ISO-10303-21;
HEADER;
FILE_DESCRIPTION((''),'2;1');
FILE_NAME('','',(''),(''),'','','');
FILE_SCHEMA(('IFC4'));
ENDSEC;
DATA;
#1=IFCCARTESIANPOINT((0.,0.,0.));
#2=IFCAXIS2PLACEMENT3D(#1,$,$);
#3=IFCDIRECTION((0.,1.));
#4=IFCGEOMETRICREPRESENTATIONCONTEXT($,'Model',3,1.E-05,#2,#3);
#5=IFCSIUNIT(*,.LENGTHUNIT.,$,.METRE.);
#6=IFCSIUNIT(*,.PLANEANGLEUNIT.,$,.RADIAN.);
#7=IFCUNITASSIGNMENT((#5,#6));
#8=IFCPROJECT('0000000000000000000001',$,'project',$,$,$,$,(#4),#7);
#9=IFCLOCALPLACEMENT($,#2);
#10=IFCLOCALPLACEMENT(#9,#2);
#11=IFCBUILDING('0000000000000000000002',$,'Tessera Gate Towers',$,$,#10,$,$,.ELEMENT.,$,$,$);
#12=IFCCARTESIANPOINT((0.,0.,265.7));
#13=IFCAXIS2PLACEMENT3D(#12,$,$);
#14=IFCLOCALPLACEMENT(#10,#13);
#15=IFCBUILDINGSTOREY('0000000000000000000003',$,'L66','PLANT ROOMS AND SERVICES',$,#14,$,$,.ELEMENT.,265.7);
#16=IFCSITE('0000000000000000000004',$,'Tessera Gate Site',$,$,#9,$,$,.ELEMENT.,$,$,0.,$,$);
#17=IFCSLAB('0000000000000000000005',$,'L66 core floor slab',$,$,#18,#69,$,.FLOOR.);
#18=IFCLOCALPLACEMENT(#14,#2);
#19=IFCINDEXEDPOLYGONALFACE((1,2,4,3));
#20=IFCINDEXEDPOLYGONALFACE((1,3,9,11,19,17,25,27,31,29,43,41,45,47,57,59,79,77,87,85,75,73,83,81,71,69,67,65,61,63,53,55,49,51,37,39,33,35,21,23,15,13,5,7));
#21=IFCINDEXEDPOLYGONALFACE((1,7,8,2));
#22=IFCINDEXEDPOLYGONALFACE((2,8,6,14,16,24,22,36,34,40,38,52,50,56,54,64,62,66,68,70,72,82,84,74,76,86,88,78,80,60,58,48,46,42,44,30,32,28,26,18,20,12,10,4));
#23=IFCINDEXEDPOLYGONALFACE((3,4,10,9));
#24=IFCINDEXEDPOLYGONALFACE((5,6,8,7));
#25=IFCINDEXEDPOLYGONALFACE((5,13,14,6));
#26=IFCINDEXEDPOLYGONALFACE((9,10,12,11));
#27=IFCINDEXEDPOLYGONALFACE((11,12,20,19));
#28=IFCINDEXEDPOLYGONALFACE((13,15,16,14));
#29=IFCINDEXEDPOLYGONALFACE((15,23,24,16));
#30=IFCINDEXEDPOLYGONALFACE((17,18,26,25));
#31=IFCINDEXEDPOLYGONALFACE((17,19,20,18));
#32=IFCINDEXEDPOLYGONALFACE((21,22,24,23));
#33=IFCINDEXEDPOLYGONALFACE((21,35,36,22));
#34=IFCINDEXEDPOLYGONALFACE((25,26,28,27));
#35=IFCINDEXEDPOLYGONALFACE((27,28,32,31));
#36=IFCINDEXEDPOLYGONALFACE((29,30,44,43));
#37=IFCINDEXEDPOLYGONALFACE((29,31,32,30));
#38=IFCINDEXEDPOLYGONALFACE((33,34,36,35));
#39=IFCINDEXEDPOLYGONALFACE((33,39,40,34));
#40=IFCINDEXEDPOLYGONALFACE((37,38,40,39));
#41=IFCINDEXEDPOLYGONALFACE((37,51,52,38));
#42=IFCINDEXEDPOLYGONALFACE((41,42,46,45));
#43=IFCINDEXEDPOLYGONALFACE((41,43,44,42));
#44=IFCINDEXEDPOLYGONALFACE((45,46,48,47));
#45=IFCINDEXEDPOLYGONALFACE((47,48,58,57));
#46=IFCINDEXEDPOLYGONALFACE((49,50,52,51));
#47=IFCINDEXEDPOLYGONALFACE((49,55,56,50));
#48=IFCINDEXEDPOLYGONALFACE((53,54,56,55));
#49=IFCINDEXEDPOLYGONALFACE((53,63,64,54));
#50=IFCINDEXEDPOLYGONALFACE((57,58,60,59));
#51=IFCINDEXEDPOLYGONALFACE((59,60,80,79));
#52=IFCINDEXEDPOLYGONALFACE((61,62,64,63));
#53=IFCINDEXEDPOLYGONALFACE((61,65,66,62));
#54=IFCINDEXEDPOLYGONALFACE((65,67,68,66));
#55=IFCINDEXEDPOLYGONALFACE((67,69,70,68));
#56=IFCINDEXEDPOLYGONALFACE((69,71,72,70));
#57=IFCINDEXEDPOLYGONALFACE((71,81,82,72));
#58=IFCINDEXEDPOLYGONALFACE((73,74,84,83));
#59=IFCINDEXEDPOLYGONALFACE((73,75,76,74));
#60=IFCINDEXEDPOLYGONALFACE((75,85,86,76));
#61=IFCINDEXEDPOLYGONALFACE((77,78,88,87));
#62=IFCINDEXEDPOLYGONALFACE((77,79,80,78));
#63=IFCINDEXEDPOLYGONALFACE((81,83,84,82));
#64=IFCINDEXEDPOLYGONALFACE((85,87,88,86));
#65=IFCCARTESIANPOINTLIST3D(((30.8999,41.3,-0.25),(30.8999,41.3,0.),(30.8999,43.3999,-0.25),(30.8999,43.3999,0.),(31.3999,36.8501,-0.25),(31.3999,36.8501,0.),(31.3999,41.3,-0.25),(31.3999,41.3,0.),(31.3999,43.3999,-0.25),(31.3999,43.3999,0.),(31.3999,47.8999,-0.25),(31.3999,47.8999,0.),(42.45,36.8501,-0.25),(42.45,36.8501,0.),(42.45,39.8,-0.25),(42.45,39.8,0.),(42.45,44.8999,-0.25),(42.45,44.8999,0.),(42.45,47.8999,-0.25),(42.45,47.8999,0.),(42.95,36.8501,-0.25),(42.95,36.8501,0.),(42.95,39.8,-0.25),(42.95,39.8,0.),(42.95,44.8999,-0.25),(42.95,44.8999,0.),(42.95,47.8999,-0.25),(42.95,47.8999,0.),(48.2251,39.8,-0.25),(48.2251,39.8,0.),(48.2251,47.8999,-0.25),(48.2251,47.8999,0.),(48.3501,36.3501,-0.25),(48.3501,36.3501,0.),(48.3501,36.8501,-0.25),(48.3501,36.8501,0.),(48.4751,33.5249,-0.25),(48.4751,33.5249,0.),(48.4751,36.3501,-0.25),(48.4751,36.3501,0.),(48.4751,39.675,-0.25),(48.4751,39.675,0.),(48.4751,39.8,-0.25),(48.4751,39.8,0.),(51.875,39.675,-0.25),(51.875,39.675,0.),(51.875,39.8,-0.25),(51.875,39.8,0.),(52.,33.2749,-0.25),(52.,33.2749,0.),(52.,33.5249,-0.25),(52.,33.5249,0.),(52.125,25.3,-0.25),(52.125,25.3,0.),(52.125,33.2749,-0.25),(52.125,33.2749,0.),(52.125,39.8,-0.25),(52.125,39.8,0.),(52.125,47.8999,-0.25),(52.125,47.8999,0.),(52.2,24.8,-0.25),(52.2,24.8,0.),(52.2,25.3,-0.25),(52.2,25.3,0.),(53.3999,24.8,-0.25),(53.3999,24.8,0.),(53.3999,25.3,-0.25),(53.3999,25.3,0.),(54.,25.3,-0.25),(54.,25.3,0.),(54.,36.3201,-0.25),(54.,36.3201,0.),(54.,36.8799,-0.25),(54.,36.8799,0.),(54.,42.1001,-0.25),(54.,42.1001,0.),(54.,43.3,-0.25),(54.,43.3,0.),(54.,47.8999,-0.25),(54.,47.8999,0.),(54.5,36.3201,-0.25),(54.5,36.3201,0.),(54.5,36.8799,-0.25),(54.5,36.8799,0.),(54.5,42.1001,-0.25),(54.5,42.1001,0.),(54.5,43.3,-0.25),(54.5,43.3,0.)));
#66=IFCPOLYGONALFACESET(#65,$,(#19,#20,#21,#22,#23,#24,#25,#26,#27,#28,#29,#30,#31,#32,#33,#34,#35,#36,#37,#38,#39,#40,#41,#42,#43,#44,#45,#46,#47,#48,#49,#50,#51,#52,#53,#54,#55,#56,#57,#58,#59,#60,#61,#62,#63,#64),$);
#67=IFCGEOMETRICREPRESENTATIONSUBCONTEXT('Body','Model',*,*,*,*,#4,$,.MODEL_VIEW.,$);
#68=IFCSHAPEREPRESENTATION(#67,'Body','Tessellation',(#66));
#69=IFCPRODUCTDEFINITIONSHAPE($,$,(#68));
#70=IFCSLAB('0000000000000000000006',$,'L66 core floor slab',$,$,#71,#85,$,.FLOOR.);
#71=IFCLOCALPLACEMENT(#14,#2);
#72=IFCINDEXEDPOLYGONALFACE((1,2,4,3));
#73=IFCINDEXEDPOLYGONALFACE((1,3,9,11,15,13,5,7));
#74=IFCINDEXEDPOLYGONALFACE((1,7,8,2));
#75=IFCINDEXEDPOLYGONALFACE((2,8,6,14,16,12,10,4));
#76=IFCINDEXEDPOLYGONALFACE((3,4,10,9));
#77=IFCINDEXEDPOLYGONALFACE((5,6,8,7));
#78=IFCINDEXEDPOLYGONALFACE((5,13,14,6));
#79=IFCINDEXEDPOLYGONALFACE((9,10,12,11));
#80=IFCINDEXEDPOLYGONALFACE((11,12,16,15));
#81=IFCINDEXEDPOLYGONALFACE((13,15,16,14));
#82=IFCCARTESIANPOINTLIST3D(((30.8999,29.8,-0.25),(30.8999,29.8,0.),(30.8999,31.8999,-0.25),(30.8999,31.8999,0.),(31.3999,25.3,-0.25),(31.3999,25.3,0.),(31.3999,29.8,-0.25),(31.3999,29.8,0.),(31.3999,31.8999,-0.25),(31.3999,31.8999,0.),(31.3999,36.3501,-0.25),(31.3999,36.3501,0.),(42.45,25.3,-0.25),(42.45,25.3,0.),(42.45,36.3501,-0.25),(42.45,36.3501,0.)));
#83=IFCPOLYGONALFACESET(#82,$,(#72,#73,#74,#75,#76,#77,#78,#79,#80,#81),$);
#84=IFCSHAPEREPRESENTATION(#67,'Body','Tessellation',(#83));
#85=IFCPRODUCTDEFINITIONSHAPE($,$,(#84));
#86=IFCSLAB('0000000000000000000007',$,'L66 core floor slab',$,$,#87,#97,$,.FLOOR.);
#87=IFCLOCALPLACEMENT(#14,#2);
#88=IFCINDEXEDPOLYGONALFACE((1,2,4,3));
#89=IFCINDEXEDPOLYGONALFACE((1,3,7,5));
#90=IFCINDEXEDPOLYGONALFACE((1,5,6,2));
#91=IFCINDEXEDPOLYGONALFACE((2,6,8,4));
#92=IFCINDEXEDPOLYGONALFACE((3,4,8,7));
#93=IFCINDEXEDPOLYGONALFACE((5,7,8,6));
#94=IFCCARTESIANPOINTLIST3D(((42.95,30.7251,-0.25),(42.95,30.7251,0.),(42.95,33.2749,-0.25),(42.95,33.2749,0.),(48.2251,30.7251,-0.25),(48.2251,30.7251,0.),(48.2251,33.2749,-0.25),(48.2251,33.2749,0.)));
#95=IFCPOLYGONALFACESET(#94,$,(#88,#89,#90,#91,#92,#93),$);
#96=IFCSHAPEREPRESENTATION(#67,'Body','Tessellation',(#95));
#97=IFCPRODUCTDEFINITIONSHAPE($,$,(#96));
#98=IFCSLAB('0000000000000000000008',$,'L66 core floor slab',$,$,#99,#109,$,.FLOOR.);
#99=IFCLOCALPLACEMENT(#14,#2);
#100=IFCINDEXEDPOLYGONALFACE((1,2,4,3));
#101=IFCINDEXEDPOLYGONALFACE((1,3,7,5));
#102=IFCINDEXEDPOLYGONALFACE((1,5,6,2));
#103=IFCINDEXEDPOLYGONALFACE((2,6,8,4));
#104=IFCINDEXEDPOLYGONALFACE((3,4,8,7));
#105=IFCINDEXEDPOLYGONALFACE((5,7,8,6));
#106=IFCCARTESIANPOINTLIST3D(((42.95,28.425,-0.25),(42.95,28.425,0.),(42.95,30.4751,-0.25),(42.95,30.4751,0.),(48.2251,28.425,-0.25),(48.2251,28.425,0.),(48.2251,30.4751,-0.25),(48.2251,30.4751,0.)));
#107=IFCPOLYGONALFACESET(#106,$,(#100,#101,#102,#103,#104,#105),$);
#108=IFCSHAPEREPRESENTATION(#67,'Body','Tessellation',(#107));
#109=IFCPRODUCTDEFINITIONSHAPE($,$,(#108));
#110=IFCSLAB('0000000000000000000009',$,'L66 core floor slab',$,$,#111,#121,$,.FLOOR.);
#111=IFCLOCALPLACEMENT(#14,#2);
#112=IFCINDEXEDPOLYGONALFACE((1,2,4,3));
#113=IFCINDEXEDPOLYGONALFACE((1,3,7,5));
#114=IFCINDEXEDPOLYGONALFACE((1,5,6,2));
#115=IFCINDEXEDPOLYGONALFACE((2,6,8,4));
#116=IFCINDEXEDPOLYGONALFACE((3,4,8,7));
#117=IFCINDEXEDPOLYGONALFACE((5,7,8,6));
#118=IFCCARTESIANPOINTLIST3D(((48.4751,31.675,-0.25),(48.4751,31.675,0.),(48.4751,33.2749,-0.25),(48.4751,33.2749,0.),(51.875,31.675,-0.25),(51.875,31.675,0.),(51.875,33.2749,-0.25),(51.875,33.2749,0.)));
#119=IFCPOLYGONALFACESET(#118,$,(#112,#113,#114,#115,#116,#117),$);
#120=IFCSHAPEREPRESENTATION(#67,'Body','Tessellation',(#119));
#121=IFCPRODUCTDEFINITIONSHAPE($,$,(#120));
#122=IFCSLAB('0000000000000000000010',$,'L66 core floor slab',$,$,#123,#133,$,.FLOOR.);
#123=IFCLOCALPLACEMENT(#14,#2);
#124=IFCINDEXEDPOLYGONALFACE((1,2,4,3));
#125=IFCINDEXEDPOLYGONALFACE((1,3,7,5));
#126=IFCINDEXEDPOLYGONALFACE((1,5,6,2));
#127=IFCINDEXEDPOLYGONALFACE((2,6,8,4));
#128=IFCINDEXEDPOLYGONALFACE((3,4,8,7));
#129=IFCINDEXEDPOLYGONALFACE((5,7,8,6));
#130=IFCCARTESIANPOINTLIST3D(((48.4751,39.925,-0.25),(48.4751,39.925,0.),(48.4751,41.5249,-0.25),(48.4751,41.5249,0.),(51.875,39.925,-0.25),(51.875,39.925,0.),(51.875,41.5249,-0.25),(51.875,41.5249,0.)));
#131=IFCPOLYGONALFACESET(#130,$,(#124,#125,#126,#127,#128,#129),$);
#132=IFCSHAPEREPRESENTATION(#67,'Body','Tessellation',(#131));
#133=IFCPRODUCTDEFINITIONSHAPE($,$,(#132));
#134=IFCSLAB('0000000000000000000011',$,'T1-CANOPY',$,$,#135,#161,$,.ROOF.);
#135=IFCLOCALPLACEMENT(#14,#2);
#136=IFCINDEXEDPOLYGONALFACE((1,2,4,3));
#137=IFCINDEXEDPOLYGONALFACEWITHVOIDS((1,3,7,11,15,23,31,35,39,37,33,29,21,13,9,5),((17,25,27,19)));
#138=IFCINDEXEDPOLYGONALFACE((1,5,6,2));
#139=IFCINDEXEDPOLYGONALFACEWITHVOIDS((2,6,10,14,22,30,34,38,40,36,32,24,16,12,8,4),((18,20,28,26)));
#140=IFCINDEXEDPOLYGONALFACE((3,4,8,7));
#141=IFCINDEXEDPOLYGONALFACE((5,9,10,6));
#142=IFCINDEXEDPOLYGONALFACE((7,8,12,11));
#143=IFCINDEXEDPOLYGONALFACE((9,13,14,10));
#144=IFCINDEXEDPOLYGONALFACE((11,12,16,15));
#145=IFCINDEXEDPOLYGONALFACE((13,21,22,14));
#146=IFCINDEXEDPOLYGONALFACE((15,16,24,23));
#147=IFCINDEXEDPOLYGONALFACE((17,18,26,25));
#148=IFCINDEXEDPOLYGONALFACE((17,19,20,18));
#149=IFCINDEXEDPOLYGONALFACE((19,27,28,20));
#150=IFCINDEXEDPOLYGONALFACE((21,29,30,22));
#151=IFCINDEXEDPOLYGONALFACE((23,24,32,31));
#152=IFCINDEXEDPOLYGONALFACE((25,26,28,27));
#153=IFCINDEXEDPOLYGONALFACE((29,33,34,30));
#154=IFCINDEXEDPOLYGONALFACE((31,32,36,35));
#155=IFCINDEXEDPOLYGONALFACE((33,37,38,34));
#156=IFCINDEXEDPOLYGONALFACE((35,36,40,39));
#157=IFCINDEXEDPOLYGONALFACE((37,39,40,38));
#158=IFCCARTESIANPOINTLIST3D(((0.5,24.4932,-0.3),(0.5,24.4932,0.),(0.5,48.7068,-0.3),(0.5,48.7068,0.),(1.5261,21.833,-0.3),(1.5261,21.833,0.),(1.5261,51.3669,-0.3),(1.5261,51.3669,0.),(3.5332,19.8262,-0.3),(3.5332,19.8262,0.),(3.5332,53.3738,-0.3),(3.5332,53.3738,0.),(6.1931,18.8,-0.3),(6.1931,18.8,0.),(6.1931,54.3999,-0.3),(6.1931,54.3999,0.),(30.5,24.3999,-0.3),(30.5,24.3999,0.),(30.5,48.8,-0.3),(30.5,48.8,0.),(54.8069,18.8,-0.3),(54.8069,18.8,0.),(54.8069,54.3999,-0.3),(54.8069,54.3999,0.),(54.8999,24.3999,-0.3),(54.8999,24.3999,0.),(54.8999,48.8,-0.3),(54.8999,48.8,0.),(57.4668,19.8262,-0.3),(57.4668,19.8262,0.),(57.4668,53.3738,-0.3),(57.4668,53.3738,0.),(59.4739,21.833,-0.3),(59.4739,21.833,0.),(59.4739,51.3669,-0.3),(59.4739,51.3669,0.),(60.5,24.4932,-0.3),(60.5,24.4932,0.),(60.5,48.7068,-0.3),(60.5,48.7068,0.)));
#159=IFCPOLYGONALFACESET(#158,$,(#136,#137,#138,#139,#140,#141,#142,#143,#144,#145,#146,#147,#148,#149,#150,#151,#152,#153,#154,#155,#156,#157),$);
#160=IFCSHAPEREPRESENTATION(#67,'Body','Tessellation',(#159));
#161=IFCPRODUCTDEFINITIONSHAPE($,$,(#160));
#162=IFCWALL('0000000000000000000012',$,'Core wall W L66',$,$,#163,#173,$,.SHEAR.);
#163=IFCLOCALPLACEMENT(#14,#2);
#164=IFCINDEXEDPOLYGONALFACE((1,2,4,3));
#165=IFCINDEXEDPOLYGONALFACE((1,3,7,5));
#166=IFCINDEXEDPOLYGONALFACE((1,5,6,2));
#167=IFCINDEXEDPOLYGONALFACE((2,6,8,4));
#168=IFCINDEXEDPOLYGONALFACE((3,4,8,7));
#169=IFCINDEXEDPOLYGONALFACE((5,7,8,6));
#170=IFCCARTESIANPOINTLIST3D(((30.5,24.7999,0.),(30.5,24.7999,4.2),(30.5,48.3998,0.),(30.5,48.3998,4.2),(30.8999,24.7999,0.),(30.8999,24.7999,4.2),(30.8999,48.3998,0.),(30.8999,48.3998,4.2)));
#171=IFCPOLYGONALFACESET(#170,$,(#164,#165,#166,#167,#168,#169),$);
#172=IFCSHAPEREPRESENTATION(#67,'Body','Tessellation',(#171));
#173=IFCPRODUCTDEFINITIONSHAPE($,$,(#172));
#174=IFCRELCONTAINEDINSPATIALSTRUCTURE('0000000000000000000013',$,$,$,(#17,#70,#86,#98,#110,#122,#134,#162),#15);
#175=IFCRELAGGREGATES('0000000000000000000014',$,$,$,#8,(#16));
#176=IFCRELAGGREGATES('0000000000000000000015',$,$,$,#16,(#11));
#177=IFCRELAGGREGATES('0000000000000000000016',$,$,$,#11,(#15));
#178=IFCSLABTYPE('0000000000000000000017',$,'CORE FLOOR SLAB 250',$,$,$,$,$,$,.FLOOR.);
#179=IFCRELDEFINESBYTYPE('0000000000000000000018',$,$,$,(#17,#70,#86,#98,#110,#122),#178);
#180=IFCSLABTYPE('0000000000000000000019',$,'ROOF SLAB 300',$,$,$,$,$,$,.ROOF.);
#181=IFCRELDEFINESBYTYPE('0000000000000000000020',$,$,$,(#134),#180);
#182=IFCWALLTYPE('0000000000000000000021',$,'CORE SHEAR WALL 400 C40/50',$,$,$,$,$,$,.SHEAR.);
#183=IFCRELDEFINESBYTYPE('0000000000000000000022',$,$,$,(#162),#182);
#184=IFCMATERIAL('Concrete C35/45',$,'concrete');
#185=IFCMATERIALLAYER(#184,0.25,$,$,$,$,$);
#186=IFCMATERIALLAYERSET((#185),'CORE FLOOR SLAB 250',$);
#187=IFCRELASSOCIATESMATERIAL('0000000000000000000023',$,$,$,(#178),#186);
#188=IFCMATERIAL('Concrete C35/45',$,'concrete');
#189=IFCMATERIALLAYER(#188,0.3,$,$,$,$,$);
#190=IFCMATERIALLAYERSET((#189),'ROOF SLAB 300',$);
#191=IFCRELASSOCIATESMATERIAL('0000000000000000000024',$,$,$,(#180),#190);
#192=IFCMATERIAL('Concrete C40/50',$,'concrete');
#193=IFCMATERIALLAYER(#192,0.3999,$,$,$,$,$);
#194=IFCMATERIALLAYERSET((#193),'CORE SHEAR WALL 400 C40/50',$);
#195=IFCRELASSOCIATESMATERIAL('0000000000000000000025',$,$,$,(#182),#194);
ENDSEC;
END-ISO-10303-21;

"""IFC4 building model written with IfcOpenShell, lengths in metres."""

from ifc_helpers import new_model, si_unit, direction, frame, frame_2d, origin, place, context, subcontext, project, spatial, polyline, rectangle, outline, extrude, material, layer, layer_set, type_object, element, save


model = new_model("IFC4")

# Units and contexts
model_context = context("Model", 3, precision=1e-05, world=origin(), true_north=direction((0.0, 1.0)))
body_context = subcontext(model_context, "Body", "Model", "MODEL_VIEW")
ifc_project = project(units=[si_unit("LENGTHUNIT", "METRE"), si_unit("PLANEANGLEUNIT", "RADIAN")], contexts=[model_context])

# Site, building, storey
site_placement = place(None, origin())
site = spatial("IfcSite", under=ifc_project, at=site_placement, Name="Tessera Gate Site", CompositionType="ELEMENT", RefElevation=0.0)
building_placement = place(site_placement, origin())
building = spatial("IfcBuilding", under=site, at=building_placement, Name="Tessera Gate Towers", CompositionType="ELEMENT")
storey_placement = place(building_placement, frame((0.0, 0.0, 265.7)))
storey = spatial("IfcBuildingStorey", under=building, at=storey_placement, Name="L66", Description="PLANT ROOMS AND SERVICES", CompositionType="ELEMENT", Elevation=265.7)

# Slabs
ifc_material_1 = material(Name="Concrete C35/45", Category="concrete")
ifc_layer_1 = layer(ifc_material_1, 0.25)
ifc_layer_set_1 = layer_set([ifc_layer_1], Name="CORE FLOOR SLAB 250")
slab_type_1 = type_object("IfcSlabType", Name="CORE FLOOR SLAB 250", PredefinedType="FLOOR", material=ifc_layer_set_1)
slab_1_placement = place(storey_placement, frame((0.0, 0.0, -0.25)))
element("IfcSlab", 1, at=slab_1_placement, inside=storey, type_object=slab_type_1, Name="L66 core floor slab", PredefinedType="FLOOR", context=body_context, shape_type="SweptSolid", body=[
    extrude(outline(polyline([(54.0, 47.8999), (52.125, 47.8999), (52.125, 39.8), (51.875, 39.8), (51.875, 39.675), (48.4751, 39.675), (48.4751, 39.8), (48.2251, 39.8), (48.2251, 47.8999), (42.95, 47.8999), (42.95, 44.8999), (42.45, 44.8999), (42.45, 47.8999), (31.3999, 47.8999), (31.3999, 43.3999), (30.8999, 43.3999), (30.8999, 41.3), (31.3999, 41.3), (31.3999, 36.8501), (42.45, 36.8501), (42.45, 39.8), (42.95, 39.8), (42.95, 36.8501), (48.3501, 36.8501), (48.3501, 36.3501), (48.4751, 36.3501), (48.4751, 33.5249), (52.0, 33.5249), (52.0, 33.2749), (52.125, 33.2749), (52.125, 25.3), (52.2, 25.3), (52.2, 24.8), (53.3999, 24.8), (53.3999, 25.3), (54.0, 25.3), (54.0, 36.3201), (54.5, 36.3201), (54.5, 36.8799), (54.0, 36.8799), (54.0, 42.1001), (54.5, 42.1001), (54.5, 43.3), (54.0, 43.3), (54.0, 47.8999)])), origin(), (0.0, 0.0, 1.0), 0.25),
])
slab_2_placement = place(storey_placement, frame((0.0, 0.0, -0.25)))
element("IfcSlab", 2, at=slab_2_placement, inside=storey, type_object=slab_type_1, Name="L66 core floor slab", PredefinedType="FLOOR", context=body_context, shape_type="SweptSolid", body=[
    extrude(outline(polyline([(31.3999, 29.8), (31.3999, 25.3), (42.45, 25.3), (42.45, 36.3501), (31.3999, 36.3501), (31.3999, 31.8999), (30.8999, 31.8999), (30.8999, 29.8), (31.3999, 29.8)])), origin(), (0.0, 0.0, 1.0), 0.25),
])
slab_3_placement = place(storey_placement, frame((0.0, 0.0, -0.25)))
element("IfcSlab", 3, at=slab_3_placement, inside=storey, type_object=slab_type_1, Name="L66 core floor slab", PredefinedType="FLOOR", context=body_context, shape_type="SweptSolid", body=[
    extrude(outline(polyline([(48.2251, 33.2749), (42.95, 33.2749), (42.95, 30.7251), (48.2251, 30.7251), (48.2251, 33.2749)])), origin(), (0.0, 0.0, 1.0), 0.25),
])
slab_4_placement = place(storey_placement, frame((0.0, 0.0, -0.25)))
element("IfcSlab", 4, at=slab_4_placement, inside=storey, type_object=slab_type_1, Name="L66 core floor slab", PredefinedType="FLOOR", context=body_context, shape_type="SweptSolid", body=[
    extrude(outline(polyline([(42.95, 30.4751), (42.95, 28.425), (48.2251, 28.425), (48.2251, 30.4751), (42.95, 30.4751)])), origin(), (0.0, 0.0, 1.0), 0.25),
])
slab_5_placement = place(storey_placement, frame((0.0, 0.0, -0.25)))
element("IfcSlab", 5, at=slab_5_placement, inside=storey, type_object=slab_type_1, Name="L66 core floor slab", PredefinedType="FLOOR", context=body_context, shape_type="SweptSolid", body=[
    extrude(outline(polyline([(48.4751, 31.675), (51.875, 31.675), (51.875, 33.2749), (48.4751, 33.2749), (48.4751, 31.675)])), origin(), (0.0, 0.0, 1.0), 0.25),
])
slab_6_placement = place(storey_placement, frame((0.0, 0.0, -0.25)))
element("IfcSlab", 6, at=slab_6_placement, inside=storey, type_object=slab_type_1, Name="L66 core floor slab", PredefinedType="FLOOR", context=body_context, shape_type="SweptSolid", body=[
    extrude(outline(polyline([(51.875, 41.5249), (48.4751, 41.5249), (48.4751, 39.925), (51.875, 39.925), (51.875, 41.5249)])), origin(), (0.0, 0.0, 1.0), 0.25),
])
ifc_material_2 = material(Name="Concrete C35/45", Category="concrete")
ifc_layer_2 = layer(ifc_material_2, 0.3)
ifc_layer_set_2 = layer_set([ifc_layer_2], Name="ROOF SLAB 300")
slab_type_2 = type_object("IfcSlabType", Name="ROOF SLAB 300", PredefinedType="ROOF", material=ifc_layer_set_2)
slab_7_placement = place(storey_placement, frame((0.0, 0.0, -0.3)))
element("IfcSlab", 7, at=slab_7_placement, inside=storey, type_object=slab_type_2, Name="T1-CANOPY", PredefinedType="ROOF", context=body_context, shape_type="SweptSolid", body=[
    extrude(outline(polyline([(0.5, 24.4932), (1.5261, 21.833), (3.5332, 19.8262), (6.1931, 18.8), (54.8069, 18.8), (57.4668, 19.8262), (59.4739, 21.833), (60.5, 24.4932), (60.5, 48.7068), (59.4739, 51.3669), (57.4668, 53.3738), (54.8069, 54.3999), (6.1931, 54.3999), (3.5332, 53.3738), (1.5261, 51.3669), (0.5, 48.7068), (0.5, 24.4932)]), holes=[polyline([(30.5, 24.3999), (30.5, 48.8), (54.8999, 48.8), (54.8999, 24.3999), (30.5, 24.3999)])]), origin(), (0.0, 0.0, 1.0), 0.3),
])

# Wall
ifc_material_3 = material(Name="Concrete C40/50", Category="concrete")
ifc_layer_3 = layer(ifc_material_3, 0.3999)
ifc_layer_set_3 = layer_set([ifc_layer_3], Name="CORE SHEAR WALL 400 C40/50")
wall_type_1 = type_object("IfcWallType", Name="CORE SHEAR WALL 400 C40/50", PredefinedType="SHEAR", material=ifc_layer_set_3)
wall_1_placement = place(storey_placement, frame((30.7, 24.8, 0.0), z_axis=(0.0, 0.0, 1.0), x_axis=(0.0, 1.0, 0.0)))
element("IfcWall", 8, at=wall_1_placement, inside=storey, type_object=wall_type_1, Name="Core wall W L66", PredefinedType="SHEAR", context=body_context, shape_type="SweptSolid", body=[
    extrude(rectangle(XDim=23.5999, YDim=0.3999, at=frame_2d((11.7998, 0.0))), origin(), (0.0, 0.0, 1.0), 4.2),
])

save(model, "model.ifc")
